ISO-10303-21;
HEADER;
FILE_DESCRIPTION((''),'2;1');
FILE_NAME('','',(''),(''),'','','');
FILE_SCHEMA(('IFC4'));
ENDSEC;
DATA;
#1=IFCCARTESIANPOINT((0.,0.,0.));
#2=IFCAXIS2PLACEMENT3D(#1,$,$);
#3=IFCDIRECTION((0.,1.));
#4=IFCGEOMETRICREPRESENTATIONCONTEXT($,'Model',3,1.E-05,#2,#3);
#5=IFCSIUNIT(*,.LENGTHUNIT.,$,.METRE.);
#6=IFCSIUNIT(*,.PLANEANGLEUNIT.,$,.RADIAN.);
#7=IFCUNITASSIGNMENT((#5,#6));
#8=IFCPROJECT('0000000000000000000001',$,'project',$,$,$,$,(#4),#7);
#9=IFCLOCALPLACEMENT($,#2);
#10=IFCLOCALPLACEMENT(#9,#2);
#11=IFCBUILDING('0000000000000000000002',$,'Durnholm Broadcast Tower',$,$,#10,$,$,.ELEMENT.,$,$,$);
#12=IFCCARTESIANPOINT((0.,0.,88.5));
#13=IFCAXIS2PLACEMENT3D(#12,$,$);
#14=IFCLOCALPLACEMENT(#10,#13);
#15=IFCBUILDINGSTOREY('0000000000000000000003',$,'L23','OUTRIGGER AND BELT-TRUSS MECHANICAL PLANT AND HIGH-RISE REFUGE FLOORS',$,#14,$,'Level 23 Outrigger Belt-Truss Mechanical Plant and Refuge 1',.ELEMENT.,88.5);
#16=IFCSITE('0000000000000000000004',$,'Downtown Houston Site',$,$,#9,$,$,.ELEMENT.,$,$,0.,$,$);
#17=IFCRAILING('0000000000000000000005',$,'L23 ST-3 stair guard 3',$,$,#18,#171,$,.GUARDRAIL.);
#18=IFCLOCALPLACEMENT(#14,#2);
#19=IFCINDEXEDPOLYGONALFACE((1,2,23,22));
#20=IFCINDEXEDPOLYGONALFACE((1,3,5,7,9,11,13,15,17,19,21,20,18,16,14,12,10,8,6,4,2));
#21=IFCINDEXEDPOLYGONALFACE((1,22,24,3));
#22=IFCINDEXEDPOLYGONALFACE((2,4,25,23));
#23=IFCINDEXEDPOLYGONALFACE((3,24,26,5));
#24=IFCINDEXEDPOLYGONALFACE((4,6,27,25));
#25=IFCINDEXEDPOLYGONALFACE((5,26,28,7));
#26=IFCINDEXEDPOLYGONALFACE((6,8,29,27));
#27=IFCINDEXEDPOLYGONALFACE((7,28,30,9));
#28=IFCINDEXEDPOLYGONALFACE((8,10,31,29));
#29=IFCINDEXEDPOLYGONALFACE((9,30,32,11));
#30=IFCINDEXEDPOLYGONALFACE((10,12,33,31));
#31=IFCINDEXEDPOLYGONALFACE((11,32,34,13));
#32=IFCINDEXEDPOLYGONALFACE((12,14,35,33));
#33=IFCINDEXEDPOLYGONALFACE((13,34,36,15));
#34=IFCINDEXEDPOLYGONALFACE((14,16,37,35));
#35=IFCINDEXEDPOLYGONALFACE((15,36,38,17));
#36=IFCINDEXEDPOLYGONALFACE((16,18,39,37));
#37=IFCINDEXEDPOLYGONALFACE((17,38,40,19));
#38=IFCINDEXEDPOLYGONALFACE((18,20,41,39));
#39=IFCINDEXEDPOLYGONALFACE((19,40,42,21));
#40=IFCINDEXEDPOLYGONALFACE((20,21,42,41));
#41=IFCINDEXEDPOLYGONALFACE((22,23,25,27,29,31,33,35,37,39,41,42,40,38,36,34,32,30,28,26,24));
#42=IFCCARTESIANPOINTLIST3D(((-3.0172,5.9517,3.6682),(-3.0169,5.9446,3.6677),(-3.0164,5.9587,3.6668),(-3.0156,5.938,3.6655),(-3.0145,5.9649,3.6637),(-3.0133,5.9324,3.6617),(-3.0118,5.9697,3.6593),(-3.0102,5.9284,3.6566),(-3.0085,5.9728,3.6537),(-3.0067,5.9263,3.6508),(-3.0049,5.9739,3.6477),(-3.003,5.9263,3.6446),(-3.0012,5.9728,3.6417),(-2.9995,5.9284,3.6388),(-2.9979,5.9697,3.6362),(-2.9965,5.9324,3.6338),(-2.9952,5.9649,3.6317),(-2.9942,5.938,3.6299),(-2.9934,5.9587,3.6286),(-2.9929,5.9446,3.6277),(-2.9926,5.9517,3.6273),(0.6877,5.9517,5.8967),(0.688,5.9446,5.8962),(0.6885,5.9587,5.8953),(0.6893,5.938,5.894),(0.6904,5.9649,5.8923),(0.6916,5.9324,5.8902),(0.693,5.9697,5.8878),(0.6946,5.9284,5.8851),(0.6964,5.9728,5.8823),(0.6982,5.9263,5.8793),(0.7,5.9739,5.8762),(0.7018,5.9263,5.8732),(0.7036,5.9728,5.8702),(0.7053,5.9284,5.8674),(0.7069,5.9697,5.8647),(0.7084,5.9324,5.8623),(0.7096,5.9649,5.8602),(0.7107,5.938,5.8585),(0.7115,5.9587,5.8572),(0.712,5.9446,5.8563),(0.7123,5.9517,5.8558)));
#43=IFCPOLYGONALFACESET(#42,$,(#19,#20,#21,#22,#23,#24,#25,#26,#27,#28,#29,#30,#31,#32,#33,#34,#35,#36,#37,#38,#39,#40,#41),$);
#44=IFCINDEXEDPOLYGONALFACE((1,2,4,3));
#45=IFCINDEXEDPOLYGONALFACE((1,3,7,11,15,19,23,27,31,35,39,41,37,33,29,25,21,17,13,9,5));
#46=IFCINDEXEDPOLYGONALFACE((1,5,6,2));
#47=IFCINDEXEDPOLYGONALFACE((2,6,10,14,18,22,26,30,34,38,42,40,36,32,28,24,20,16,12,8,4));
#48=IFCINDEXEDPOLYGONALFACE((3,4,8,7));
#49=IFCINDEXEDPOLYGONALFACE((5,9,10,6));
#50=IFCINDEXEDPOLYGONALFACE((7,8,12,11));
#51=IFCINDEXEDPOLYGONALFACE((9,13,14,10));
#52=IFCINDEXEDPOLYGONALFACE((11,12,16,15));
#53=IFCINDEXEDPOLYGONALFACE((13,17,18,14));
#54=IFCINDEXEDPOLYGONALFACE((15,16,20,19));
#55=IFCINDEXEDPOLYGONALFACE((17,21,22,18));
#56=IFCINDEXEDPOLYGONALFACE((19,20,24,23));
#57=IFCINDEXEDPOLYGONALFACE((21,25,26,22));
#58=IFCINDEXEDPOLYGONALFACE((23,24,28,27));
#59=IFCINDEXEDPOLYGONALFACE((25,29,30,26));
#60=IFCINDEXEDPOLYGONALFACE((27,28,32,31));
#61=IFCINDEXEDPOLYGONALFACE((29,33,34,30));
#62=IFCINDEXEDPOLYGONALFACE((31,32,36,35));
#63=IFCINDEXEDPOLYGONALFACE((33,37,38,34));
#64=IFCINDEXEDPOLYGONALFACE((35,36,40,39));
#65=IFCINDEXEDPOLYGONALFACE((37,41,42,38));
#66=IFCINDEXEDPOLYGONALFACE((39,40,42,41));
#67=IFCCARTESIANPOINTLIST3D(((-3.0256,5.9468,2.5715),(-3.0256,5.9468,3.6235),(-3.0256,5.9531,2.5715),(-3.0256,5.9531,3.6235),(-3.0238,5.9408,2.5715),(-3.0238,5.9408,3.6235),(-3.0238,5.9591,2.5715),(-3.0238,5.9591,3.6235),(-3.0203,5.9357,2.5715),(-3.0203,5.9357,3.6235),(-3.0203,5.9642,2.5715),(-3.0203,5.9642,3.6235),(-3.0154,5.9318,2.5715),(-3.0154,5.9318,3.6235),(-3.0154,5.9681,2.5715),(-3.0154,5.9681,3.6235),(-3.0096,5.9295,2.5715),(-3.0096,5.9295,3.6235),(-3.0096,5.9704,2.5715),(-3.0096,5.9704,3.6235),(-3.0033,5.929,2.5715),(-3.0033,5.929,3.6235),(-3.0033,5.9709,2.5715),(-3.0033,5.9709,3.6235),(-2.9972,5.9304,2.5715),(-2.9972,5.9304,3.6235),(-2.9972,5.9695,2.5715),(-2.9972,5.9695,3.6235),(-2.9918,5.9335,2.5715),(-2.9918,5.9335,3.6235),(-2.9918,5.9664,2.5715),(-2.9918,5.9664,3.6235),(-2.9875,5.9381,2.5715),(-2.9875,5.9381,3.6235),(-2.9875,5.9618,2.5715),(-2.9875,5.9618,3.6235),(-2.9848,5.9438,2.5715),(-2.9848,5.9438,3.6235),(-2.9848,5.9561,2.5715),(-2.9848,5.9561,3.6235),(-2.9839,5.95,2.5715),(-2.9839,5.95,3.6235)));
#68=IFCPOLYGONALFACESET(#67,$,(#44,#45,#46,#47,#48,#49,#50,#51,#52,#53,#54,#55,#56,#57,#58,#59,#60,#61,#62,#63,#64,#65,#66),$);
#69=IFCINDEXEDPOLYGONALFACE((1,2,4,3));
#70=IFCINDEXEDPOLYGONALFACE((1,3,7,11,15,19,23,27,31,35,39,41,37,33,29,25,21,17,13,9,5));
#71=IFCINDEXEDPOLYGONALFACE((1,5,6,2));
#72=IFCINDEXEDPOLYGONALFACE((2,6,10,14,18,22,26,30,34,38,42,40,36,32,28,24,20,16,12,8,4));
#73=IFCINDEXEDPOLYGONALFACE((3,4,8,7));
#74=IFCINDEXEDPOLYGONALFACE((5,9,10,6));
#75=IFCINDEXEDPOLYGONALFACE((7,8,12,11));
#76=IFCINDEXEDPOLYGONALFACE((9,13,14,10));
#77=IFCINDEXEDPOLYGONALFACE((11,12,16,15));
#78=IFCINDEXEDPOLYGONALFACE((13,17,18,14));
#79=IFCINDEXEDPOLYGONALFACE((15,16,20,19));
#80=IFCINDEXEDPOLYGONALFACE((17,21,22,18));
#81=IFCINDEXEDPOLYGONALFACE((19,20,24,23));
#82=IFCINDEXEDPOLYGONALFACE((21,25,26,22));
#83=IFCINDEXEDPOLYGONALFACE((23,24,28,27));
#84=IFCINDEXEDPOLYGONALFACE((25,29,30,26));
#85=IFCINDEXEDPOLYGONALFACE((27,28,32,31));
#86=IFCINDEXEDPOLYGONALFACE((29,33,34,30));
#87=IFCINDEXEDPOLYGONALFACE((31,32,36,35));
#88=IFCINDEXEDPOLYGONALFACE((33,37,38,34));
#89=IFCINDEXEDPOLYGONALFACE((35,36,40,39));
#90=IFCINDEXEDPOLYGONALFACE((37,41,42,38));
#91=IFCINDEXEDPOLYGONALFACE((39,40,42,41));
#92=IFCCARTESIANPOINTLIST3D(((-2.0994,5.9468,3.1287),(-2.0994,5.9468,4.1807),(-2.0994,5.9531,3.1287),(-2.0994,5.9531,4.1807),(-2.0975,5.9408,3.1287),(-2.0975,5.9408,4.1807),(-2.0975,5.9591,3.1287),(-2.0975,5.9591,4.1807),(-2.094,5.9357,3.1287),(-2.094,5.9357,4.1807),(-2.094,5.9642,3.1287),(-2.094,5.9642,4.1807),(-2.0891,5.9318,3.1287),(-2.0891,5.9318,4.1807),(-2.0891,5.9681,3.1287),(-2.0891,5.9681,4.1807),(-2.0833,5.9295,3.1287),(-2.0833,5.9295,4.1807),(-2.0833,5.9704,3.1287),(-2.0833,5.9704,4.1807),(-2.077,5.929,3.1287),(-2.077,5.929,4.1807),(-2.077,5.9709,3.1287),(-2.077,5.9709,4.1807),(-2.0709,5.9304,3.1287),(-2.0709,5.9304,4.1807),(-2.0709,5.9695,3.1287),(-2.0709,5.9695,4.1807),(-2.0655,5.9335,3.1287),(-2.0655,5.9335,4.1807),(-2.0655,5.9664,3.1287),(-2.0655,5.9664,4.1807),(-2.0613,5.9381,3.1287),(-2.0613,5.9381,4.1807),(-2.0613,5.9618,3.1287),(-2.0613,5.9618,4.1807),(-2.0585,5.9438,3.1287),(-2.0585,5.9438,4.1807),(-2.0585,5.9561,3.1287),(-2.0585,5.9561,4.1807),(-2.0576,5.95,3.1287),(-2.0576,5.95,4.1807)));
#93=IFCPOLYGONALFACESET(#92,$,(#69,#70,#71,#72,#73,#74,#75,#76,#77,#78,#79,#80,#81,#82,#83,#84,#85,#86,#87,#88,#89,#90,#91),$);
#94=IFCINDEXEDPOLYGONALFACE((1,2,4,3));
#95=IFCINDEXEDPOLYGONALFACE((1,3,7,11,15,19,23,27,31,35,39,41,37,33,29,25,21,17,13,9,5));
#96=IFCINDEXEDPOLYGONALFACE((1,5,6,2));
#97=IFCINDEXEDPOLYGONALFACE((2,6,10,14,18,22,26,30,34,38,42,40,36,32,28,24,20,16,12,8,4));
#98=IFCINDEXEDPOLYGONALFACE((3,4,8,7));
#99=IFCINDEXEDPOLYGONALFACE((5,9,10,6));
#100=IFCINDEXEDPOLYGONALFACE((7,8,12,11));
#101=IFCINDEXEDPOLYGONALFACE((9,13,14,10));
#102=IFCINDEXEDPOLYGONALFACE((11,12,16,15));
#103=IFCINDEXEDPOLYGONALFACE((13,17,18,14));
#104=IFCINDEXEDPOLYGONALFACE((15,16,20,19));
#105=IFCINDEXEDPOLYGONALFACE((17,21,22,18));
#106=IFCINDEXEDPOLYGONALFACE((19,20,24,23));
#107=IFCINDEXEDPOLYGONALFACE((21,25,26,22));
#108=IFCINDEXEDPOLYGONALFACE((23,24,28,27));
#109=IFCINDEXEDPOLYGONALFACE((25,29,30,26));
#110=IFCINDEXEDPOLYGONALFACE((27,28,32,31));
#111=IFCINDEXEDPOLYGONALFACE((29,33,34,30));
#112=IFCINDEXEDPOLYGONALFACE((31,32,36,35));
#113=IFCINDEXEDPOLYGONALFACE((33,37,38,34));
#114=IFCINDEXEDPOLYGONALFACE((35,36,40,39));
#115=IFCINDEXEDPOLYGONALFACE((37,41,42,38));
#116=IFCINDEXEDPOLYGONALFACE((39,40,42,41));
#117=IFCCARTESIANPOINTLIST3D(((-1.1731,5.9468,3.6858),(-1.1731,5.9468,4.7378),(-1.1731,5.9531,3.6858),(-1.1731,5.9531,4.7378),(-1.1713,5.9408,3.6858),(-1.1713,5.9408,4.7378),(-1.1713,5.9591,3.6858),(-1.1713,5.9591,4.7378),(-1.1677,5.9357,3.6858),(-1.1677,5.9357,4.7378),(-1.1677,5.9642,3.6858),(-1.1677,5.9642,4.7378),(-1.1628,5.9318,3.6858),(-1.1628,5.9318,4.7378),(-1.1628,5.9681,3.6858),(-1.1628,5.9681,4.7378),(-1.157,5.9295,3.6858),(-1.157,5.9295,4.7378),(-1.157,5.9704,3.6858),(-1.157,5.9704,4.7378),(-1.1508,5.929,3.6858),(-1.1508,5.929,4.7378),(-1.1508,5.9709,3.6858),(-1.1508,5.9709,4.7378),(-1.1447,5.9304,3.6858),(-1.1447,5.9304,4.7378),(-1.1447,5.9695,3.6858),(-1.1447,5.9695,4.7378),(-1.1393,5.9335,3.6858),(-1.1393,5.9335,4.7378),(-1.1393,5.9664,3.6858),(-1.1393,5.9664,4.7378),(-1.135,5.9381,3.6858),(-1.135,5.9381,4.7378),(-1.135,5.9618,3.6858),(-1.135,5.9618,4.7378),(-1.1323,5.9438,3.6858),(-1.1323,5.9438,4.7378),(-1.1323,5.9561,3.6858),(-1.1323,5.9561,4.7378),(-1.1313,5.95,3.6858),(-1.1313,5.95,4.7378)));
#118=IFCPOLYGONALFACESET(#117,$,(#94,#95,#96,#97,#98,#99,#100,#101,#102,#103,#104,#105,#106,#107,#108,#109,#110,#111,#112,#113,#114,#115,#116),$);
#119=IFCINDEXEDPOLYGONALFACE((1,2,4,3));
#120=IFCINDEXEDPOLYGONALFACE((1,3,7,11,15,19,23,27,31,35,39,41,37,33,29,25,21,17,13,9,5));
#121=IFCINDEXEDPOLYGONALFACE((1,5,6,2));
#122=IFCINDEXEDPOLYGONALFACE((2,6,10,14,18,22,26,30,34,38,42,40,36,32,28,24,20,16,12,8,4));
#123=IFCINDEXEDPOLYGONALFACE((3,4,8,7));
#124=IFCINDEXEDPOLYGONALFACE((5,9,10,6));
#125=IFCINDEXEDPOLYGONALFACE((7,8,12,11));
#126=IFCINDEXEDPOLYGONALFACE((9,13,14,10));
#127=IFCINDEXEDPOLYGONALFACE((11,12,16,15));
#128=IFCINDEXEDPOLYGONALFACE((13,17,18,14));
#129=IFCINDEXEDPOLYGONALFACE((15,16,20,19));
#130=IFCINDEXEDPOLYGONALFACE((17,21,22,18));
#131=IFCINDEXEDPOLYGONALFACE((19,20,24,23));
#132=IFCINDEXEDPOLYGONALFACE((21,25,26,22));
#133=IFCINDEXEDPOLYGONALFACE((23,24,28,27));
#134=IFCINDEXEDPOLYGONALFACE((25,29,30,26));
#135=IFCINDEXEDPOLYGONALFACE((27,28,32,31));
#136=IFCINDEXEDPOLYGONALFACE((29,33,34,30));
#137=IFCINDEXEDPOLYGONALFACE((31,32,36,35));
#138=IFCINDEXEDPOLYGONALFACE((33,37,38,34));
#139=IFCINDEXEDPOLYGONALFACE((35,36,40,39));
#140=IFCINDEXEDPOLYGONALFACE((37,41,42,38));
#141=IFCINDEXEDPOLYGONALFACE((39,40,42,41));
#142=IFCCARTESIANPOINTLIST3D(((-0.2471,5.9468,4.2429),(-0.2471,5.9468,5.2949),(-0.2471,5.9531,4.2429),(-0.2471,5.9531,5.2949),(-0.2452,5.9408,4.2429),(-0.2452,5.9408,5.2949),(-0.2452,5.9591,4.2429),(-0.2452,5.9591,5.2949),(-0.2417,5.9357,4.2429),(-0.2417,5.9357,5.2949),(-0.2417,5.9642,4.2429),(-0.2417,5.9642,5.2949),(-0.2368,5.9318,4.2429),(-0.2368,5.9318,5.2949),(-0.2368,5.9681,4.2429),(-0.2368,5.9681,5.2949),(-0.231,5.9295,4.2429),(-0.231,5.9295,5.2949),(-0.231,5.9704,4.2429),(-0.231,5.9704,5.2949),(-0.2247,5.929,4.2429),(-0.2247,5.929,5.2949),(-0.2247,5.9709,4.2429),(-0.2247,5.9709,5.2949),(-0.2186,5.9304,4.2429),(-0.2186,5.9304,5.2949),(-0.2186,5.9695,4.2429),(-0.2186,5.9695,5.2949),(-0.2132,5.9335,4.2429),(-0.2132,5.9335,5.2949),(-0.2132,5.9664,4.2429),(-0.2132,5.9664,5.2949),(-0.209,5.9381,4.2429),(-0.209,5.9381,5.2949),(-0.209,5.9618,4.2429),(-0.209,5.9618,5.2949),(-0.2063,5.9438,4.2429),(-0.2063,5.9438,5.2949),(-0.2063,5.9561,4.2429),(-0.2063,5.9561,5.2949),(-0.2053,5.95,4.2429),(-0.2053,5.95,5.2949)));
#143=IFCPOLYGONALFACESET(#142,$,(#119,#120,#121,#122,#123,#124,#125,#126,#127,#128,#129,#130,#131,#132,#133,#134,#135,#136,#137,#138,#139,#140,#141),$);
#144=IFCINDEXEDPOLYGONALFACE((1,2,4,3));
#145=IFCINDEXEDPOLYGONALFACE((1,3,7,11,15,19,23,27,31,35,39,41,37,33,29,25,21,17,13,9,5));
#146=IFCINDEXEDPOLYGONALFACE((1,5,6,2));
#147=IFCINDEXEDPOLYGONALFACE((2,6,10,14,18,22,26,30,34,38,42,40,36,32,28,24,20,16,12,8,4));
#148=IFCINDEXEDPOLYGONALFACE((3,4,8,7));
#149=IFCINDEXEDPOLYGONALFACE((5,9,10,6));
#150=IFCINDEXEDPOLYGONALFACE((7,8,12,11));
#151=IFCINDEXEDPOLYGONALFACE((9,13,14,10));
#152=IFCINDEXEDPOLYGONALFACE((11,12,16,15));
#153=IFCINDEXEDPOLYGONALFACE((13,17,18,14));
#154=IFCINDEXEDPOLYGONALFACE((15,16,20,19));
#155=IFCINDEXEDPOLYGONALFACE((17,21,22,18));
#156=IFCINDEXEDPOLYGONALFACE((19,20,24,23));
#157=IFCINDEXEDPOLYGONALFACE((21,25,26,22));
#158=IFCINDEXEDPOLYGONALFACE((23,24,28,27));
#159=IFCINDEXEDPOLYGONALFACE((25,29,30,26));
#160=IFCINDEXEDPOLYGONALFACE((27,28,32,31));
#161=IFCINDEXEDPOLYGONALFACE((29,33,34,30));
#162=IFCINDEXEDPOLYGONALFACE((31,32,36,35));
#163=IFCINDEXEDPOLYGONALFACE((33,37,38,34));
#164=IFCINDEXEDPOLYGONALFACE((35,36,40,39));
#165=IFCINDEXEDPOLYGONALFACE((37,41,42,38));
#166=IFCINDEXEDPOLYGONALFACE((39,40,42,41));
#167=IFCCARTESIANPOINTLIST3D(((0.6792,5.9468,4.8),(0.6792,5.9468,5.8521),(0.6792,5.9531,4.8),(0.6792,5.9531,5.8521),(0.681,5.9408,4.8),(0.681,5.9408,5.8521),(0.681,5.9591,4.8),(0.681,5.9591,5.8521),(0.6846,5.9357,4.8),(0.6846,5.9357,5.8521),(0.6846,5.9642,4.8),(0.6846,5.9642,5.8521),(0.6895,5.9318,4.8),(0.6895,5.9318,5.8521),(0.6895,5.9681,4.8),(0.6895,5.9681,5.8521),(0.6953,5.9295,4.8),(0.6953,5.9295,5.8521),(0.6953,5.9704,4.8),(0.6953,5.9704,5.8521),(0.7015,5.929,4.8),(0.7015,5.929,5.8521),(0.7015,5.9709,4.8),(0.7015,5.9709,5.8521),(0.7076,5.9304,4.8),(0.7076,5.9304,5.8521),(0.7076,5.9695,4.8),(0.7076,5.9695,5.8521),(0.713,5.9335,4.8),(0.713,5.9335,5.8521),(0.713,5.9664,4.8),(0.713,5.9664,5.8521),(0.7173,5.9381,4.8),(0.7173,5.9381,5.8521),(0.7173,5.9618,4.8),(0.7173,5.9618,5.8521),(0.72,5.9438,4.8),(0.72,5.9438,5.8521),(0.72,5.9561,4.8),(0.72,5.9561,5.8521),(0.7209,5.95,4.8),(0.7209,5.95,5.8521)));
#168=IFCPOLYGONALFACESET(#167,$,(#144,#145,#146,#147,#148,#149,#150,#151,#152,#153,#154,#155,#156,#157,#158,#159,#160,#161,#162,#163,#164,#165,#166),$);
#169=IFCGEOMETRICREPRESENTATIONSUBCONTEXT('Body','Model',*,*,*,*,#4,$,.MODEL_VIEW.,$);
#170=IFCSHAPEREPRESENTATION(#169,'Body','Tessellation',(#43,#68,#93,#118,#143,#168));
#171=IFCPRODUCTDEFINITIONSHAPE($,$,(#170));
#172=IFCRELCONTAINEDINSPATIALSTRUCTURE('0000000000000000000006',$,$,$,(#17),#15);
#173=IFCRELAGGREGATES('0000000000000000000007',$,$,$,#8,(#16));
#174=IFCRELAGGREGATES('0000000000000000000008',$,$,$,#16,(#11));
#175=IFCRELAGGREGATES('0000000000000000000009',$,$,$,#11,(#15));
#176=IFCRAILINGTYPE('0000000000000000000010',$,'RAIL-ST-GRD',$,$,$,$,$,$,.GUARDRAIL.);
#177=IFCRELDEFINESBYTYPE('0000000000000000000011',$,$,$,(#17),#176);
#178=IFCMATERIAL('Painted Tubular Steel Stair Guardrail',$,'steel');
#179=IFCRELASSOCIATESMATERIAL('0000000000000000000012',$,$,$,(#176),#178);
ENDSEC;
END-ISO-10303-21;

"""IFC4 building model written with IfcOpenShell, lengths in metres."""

from ifc_helpers import new_model, si_unit, direction, frame, origin, origin_2d, place, context, subcontext, project, spatial, circle, extrude, material, type_object, element, save


model = new_model("IFC4")

# Units and contexts
model_context = context("Model", 3, precision=1e-05, world=origin(), true_north=direction((0.0, 1.0)))
body_context = subcontext(model_context, "Body", "Model", "MODEL_VIEW")
ifc_project = project(units=[si_unit("LENGTHUNIT", "METRE"), si_unit("PLANEANGLEUNIT", "RADIAN")], contexts=[model_context])

# Site, building, storey
site_placement = place(None, origin())
site = spatial("IfcSite", under=ifc_project, at=site_placement, Name="Downtown Houston Site", CompositionType="ELEMENT", RefElevation=0.0)
building_placement = place(site_placement, origin())
building = spatial("IfcBuilding", under=site, at=building_placement, Name="Durnholm Broadcast Tower", CompositionType="ELEMENT")
storey_placement = place(building_placement, frame((0.0, 0.0, 88.5)))
storey = spatial("IfcBuildingStorey", under=building, at=storey_placement, Name="L23", Description="OUTRIGGER AND BELT-TRUSS MECHANICAL PLANT AND HIGH-RISE REFUGE FLOORS", LongName="Level 23 Outrigger Belt-Truss Mechanical Plant and Refuge 1", CompositionType="ELEMENT", Elevation=88.5)

# Railing
ifc_material_1 = material(Name="Painted Tubular Steel Stair Guardrail", Category="steel")
railing_type_1 = type_object("IfcRailingType", Name="RAIL-ST-GRD", PredefinedType="GUARDRAIL", material=ifc_material_1)
railing_1_placement = place(storey_placement, frame((-3.0049, 5.95, 2.5715)))
element("IfcRailing", 1, at=railing_1_placement, inside=storey, type_object=railing_type_1, Name="L23 ST-3 stair guard 3", PredefinedType="GUARDRAIL", context=body_context, shape_type="SweptSolid", body=[
    extrude(circle(Radius=0.0239, at=origin_2d()), frame((0.0, 0.0, 1.0762), z_axis=(0.856919, 0.0, 0.51545), x_axis=(0.0, 1.0, 0.0)), (0.0, 0.0, 1.0), 4.3235),
    extrude(circle(Radius=0.021, at=origin_2d()), origin(), (0.0, 0.0, 1.0), 1.052),
    extrude(circle(Radius=0.021, at=origin_2d()), frame((0.9263, 0.0, 0.5571)), (0.0, 0.0, 1.0), 1.052),
    extrude(circle(Radius=0.021, at=origin_2d()), frame((1.8525, 0.0, 1.1143)), (0.0, 0.0, 1.0), 1.052),
    extrude(circle(Radius=0.021, at=origin_2d()), frame((2.7786, 0.0, 1.6714)), (0.0, 0.0, 1.0), 1.052),
    extrude(circle(Radius=0.021, at=origin_2d()), frame((3.7048, 0.0, 2.2285)), (0.0, 0.0, 1.0), 1.052),
])

save(model, "model.ifc")
